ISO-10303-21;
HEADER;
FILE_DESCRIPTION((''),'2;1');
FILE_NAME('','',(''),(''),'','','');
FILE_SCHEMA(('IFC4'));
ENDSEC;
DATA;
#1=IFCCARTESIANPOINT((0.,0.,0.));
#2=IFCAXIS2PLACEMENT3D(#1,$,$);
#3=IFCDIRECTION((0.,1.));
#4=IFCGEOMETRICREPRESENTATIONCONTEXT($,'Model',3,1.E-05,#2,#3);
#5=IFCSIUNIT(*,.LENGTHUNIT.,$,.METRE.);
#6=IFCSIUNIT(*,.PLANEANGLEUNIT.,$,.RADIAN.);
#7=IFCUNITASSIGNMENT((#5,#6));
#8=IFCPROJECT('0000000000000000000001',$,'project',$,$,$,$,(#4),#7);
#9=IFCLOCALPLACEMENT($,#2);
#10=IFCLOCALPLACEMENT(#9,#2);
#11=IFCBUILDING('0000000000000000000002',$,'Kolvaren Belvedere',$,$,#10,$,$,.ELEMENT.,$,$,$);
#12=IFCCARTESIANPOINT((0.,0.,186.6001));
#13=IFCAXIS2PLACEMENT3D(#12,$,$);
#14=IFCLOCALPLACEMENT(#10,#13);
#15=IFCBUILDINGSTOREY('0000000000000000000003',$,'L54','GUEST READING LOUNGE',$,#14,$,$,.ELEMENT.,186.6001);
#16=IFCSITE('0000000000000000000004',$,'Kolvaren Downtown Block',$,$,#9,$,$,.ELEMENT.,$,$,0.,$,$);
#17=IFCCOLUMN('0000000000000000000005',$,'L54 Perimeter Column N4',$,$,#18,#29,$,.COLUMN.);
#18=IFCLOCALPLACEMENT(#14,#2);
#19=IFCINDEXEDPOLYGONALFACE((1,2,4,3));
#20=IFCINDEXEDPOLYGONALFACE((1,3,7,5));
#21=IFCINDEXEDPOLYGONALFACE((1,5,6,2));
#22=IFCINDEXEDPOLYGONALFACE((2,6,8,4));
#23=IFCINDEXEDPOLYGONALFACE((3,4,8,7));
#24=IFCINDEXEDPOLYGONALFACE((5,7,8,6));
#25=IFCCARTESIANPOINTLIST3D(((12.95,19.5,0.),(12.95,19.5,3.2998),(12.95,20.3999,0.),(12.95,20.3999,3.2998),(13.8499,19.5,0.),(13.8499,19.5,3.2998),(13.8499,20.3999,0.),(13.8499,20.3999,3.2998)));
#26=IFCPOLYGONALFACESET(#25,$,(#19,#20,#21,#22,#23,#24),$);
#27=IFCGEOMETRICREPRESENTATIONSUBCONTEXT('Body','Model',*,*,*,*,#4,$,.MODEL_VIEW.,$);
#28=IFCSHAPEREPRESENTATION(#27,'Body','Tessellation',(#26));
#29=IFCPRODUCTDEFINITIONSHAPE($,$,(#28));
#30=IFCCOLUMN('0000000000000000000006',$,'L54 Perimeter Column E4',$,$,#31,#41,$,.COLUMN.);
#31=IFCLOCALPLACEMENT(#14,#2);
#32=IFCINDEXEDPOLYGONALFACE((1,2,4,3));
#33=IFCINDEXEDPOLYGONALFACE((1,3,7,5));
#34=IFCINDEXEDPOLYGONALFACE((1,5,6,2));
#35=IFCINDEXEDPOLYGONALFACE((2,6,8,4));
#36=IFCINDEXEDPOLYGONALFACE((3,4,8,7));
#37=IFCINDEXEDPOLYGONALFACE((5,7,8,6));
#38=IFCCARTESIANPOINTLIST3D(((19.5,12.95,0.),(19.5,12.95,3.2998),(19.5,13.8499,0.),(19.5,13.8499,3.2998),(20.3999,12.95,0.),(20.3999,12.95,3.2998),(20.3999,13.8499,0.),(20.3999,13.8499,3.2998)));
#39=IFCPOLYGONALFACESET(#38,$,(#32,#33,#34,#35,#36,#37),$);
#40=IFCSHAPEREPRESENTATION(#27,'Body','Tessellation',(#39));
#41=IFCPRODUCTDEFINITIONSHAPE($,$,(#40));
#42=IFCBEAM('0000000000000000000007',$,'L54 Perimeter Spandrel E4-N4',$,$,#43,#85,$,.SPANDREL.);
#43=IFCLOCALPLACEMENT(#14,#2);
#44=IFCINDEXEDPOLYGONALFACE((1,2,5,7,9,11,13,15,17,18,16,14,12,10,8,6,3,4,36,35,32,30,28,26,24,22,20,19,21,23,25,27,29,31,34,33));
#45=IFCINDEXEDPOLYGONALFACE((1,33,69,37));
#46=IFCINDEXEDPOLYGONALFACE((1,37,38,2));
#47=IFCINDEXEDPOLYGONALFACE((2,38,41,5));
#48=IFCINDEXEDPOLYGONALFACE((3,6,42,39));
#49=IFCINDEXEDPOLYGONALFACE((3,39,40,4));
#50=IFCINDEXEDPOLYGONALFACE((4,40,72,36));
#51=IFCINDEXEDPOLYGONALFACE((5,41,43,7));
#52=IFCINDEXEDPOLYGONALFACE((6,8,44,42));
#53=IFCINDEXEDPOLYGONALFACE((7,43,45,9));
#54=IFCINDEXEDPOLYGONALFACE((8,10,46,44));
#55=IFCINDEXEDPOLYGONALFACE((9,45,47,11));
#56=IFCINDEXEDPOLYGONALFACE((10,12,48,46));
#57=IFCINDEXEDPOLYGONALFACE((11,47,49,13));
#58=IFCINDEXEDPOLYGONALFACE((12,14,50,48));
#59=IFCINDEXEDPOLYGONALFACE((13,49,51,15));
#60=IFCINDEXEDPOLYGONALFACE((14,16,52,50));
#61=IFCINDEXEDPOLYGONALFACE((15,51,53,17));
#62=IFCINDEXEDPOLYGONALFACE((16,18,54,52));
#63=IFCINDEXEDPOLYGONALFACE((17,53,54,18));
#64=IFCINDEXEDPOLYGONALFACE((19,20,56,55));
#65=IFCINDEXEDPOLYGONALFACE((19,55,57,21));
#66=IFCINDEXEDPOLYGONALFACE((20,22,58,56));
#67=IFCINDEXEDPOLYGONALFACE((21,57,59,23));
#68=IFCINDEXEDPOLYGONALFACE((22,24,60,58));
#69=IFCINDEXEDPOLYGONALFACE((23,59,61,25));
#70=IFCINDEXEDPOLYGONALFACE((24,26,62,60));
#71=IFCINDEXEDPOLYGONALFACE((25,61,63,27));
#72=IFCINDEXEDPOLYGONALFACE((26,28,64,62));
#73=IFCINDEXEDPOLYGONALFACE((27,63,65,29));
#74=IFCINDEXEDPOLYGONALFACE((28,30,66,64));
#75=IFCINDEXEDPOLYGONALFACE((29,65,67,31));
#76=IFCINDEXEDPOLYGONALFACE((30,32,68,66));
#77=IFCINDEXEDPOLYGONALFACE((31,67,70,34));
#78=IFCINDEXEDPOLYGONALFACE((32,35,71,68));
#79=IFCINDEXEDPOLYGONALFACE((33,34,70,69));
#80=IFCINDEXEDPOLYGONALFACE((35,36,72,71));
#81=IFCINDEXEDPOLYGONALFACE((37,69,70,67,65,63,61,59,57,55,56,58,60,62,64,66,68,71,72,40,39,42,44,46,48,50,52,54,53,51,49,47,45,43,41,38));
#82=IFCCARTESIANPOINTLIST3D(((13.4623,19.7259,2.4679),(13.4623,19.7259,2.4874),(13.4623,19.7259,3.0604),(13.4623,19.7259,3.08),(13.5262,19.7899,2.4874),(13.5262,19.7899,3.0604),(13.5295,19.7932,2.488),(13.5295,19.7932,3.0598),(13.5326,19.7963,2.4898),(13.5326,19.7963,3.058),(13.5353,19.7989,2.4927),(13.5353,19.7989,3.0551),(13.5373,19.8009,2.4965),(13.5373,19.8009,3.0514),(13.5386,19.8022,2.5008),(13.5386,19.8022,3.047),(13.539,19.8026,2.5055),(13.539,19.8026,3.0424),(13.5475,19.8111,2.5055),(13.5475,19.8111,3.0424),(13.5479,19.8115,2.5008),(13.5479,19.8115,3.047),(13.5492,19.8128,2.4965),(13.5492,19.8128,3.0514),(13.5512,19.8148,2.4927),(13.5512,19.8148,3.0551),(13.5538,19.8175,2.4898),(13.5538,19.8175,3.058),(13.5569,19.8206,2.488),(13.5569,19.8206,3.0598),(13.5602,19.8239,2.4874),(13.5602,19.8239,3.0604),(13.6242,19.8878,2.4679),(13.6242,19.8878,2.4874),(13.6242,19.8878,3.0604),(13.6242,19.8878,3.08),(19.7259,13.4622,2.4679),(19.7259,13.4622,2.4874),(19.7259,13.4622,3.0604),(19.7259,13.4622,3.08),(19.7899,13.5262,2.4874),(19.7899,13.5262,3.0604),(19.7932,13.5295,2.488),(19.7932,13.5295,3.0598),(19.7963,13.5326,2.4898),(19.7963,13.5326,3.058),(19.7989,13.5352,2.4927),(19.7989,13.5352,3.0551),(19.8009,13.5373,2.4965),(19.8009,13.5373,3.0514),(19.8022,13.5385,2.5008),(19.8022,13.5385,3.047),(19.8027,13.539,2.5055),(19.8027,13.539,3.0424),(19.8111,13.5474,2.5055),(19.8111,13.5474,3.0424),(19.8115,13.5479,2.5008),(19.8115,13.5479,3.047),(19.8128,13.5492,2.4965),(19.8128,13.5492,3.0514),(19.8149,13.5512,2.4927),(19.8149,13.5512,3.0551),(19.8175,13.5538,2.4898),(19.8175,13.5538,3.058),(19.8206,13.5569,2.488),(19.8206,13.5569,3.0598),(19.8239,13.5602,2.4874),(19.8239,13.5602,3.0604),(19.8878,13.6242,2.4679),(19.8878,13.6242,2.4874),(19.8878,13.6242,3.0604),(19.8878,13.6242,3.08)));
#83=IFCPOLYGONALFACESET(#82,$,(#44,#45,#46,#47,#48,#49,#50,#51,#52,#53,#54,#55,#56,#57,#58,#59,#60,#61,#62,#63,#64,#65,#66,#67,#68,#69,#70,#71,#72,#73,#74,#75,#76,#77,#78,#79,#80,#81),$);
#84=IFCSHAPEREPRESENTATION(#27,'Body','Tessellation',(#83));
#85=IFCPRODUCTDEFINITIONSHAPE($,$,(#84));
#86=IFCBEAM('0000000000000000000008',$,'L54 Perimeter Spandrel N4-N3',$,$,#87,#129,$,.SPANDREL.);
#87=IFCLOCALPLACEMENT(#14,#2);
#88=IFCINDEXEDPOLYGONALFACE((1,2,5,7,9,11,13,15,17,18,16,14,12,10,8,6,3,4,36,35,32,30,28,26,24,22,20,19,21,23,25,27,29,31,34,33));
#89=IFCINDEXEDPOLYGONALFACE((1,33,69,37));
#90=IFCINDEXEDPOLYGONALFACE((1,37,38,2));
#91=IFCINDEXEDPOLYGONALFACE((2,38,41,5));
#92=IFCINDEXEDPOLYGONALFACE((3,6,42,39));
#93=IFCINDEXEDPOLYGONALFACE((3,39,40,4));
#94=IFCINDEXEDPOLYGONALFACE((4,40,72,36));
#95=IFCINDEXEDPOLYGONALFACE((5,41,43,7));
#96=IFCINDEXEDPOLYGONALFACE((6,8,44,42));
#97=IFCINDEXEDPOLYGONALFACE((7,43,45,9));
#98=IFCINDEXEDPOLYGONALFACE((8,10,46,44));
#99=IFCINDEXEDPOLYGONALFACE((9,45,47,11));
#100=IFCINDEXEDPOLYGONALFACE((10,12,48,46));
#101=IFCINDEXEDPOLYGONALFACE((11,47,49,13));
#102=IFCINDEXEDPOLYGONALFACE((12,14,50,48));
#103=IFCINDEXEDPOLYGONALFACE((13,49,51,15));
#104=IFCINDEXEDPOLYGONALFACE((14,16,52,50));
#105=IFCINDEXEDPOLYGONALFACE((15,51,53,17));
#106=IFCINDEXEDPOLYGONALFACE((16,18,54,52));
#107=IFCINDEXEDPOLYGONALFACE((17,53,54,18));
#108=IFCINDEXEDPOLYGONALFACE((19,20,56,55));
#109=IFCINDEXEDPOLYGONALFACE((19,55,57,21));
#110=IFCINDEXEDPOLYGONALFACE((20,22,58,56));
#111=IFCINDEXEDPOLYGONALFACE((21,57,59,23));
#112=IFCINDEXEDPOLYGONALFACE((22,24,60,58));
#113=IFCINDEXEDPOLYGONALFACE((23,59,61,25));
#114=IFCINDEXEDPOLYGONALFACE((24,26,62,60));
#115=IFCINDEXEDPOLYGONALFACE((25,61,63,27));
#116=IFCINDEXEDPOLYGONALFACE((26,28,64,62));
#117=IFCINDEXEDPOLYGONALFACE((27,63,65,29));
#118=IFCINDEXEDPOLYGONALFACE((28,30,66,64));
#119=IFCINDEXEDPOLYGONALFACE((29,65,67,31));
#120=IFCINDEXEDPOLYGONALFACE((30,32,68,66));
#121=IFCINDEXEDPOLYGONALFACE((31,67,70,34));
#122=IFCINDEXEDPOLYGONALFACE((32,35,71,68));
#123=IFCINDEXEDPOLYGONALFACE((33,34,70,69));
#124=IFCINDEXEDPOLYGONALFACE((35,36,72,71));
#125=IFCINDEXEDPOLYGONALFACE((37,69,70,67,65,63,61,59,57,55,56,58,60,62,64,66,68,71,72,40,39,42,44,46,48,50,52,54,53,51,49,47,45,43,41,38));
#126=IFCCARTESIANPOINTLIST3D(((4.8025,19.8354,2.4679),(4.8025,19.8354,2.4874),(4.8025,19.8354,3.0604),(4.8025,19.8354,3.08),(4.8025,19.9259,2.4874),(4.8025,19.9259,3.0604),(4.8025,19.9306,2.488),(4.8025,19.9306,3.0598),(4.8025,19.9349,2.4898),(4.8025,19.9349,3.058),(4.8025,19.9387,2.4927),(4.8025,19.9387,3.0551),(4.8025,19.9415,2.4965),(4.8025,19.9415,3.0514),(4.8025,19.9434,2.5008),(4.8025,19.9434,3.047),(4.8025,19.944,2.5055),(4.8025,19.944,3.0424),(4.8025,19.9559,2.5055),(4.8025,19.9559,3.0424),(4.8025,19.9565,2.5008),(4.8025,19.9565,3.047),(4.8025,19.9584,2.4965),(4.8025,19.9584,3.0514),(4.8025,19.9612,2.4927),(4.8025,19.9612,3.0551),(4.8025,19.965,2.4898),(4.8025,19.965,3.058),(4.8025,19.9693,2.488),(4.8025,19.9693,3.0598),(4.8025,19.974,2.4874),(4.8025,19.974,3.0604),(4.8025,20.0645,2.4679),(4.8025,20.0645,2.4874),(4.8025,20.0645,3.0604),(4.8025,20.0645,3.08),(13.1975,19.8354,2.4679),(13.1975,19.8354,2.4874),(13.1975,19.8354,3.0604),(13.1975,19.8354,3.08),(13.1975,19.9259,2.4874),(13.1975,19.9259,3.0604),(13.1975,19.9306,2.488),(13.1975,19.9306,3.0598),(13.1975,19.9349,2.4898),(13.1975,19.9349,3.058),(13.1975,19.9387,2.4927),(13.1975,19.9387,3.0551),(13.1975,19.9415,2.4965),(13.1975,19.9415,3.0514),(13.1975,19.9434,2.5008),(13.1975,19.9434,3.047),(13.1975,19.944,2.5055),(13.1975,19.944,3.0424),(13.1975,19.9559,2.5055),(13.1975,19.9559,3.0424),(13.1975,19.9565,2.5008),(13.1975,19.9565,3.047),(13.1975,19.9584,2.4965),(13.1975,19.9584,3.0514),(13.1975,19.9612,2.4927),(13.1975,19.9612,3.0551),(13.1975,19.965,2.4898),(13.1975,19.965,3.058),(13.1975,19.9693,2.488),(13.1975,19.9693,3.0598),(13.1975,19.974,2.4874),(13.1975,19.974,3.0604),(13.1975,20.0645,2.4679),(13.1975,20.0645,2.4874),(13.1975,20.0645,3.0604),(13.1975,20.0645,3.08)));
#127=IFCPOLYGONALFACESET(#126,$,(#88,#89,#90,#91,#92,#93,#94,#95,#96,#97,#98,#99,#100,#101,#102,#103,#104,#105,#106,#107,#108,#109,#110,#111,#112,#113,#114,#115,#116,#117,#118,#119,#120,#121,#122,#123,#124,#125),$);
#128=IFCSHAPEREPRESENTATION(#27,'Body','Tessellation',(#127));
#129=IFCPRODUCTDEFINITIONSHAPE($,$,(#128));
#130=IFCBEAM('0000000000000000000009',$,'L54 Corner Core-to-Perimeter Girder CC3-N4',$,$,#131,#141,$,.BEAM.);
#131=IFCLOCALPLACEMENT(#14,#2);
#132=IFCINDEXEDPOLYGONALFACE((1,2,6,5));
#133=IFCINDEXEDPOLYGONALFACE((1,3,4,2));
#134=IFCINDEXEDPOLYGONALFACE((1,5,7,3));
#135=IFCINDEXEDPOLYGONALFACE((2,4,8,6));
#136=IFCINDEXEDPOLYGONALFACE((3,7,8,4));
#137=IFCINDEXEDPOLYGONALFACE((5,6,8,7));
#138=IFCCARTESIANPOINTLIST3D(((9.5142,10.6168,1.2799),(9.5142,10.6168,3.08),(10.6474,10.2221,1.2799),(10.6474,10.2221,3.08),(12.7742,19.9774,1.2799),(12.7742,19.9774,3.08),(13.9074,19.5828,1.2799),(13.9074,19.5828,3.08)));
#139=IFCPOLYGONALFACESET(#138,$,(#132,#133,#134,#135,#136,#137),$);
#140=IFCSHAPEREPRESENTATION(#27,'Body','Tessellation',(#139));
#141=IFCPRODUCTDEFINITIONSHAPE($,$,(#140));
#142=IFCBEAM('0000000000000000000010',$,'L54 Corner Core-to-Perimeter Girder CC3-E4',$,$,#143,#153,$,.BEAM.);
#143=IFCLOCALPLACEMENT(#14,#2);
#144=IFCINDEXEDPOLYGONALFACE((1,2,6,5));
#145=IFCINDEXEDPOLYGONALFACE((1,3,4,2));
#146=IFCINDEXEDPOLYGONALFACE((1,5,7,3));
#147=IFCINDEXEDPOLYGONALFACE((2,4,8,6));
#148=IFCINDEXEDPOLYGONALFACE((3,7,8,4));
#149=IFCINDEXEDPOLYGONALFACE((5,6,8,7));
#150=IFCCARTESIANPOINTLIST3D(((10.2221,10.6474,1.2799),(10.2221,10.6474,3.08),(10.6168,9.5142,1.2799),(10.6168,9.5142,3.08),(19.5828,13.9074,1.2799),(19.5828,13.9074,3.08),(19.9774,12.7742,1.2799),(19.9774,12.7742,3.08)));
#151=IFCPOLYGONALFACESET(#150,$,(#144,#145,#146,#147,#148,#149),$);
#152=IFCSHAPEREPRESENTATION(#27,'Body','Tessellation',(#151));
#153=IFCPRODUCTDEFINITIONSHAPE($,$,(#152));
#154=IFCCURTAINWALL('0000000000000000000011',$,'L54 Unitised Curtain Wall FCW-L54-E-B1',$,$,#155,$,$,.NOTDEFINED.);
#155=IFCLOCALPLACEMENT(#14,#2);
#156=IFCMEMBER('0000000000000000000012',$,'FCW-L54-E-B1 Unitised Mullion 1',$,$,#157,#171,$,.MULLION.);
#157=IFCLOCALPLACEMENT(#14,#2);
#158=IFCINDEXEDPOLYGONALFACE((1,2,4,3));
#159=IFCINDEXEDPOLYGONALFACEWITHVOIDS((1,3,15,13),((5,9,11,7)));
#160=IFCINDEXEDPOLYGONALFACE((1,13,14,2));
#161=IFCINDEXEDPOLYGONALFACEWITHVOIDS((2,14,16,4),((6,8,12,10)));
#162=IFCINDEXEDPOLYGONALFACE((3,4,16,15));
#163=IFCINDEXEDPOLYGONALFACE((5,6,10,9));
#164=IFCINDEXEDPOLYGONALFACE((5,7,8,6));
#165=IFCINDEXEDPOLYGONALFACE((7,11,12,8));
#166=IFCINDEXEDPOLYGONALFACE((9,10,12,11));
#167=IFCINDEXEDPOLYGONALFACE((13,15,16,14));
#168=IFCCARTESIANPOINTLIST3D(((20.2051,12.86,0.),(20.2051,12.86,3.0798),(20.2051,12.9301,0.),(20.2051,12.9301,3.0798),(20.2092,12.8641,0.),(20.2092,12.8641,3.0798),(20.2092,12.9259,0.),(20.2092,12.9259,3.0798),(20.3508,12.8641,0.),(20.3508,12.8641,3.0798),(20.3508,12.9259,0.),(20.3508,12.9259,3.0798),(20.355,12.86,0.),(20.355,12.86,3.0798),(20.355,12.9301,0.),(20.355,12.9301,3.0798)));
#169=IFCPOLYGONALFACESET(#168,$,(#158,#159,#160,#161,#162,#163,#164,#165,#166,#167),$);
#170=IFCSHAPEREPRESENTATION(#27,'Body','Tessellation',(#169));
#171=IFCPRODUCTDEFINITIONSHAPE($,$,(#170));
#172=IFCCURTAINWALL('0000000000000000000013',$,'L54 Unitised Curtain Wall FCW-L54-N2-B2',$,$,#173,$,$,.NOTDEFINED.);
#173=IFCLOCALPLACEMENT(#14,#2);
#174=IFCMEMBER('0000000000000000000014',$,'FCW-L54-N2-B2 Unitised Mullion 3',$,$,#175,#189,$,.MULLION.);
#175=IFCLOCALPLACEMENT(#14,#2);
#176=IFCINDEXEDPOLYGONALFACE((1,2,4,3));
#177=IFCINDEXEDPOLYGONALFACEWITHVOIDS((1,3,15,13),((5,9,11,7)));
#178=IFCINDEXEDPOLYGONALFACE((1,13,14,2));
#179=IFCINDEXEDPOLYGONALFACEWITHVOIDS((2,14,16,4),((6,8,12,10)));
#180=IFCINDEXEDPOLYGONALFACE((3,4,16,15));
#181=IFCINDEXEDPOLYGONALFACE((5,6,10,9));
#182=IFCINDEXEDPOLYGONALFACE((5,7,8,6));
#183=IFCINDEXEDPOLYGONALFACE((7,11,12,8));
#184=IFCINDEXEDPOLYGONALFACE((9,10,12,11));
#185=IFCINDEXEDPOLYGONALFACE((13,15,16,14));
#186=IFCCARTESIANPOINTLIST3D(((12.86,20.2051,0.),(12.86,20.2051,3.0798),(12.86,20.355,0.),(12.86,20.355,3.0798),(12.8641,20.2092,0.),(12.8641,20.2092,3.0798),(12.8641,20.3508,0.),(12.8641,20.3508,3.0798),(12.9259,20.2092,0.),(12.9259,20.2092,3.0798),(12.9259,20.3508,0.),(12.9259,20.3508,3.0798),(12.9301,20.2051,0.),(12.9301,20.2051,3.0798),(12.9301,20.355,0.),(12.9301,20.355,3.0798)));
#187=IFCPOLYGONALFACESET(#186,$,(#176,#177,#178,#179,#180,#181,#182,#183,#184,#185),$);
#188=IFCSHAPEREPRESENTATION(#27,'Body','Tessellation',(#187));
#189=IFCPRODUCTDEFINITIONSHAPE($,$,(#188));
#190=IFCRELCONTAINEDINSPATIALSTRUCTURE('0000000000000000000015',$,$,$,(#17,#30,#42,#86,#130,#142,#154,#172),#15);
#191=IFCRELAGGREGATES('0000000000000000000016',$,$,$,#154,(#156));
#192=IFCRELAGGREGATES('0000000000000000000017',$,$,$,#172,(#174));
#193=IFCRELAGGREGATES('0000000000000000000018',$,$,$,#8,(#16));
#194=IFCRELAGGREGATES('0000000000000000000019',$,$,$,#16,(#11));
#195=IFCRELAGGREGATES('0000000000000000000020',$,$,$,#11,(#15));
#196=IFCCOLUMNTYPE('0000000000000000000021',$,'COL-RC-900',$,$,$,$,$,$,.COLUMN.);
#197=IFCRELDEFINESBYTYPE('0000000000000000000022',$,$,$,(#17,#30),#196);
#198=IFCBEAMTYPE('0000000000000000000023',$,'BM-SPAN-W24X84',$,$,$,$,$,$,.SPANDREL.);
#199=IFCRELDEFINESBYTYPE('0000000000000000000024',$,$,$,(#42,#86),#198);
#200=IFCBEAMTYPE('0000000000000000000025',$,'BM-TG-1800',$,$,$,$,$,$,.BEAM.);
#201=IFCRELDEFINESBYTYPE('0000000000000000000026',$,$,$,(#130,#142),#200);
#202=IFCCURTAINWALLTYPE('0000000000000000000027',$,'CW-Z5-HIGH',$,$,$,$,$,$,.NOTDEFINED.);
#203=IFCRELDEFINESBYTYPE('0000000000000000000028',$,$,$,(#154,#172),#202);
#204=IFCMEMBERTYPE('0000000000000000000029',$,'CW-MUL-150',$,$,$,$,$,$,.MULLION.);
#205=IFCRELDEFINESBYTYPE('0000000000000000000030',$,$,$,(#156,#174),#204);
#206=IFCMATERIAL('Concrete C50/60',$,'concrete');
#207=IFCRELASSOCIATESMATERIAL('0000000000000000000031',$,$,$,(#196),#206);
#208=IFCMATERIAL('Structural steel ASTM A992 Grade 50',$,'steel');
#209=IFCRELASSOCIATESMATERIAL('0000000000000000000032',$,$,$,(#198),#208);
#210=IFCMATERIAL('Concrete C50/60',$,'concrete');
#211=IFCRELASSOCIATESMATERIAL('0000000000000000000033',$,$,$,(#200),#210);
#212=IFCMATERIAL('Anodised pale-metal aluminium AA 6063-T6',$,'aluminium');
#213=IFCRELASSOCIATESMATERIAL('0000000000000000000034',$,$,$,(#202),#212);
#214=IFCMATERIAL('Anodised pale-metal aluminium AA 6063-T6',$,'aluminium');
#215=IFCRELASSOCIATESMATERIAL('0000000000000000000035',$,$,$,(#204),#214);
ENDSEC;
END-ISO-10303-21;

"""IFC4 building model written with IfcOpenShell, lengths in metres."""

from ifc_helpers import new_model, si_unit, direction, frame, origin, origin_2d, place, context, subcontext, project, spatial, rectangle, hollow_rectangle, i_section, extrude, material, material_profile, profile_set, type_object, element, aggregate, save


model = new_model("IFC4")

# Units and contexts
model_context = context("Model", 3, precision=1e-05, world=origin(), true_north=direction((0.0, 1.0)))
body_context = subcontext(model_context, "Body", "Model", "MODEL_VIEW")
ifc_project = project(units=[si_unit("LENGTHUNIT", "METRE"), si_unit("PLANEANGLEUNIT", "RADIAN")], contexts=[model_context])

# Site, building, storey
site_placement = place(None, origin())
site = spatial("IfcSite", under=ifc_project, at=site_placement, Name="Kolvaren Downtown Block", CompositionType="ELEMENT", RefElevation=0.0)
building_placement = place(site_placement, origin())
building = spatial("IfcBuilding", under=site, at=building_placement, Name="Kolvaren Belvedere", CompositionType="ELEMENT")
storey_placement = place(building_placement, frame((0.0, 0.0, 186.6001)))
storey = spatial("IfcBuildingStorey", under=building, at=storey_placement, Name="L54", Description="GUEST READING LOUNGE", CompositionType="ELEMENT", Elevation=186.6001)

# Columns
ifc_material_1 = material(Name="Concrete C50/60", Category="concrete")
ifc_material_profile_1 = material_profile(ifc_material_1, rectangle(XDim=0.8999, YDim=0.8999, at=origin_2d()), Name="RC 900X900")
ifc_profile_set_1 = profile_set([ifc_material_profile_1], Name="Concrete C50/60")
column_type = type_object("IfcColumnType", Name="COL-RC-900", PredefinedType="COLUMN", material=ifc_profile_set_1)
for number, where, z_axis, x_axis, name in (
    (1, (13.3999, 19.95, 0.0), (0.0, 0.0, 1.0), (1.0, 0.0, 0.0), "L54 Perimeter Column N4"),
    (2, (19.95, 13.3999, 0.0), (0.0, 0.0, 1.0), (1.0, 0.0, 0.0), "L54 Perimeter Column E4"),
):
    element("IfcColumn", number, at=place(storey_placement, frame(where, z_axis=z_axis, x_axis=x_axis)), inside=storey, type_object=column_type, Name=name, PredefinedType="COLUMN", context=body_context, shape_type="SweptSolid", body=[
        extrude(rectangle(XDim=0.8999, YDim=0.8999, at=origin_2d()), origin(), (0.0, 0.0, 1.0), 3.2998),
    ])

# Beams
ifc_material_2 = material(Name="Structural steel ASTM A992 Grade 50", Category="steel")
ifc_material_profile_2 = material_profile(ifc_material_2, i_section(OverallWidth=0.229, OverallDepth=0.6121, WebThickness=0.012, FlangeThickness=0.0195, FilletRadius=0.0181, at=origin_2d()), Name="W24X84")
ifc_profile_set_2 = profile_set([ifc_material_profile_2], Name="Structural steel ASTM A992 Grade 50")
beam_type_1 = type_object("IfcBeamType", Name="BM-SPAN-W24X84", PredefinedType="SPANDREL", material=ifc_profile_set_2)
beam_1_placement = place(storey_placement, frame((19.8069, 13.5432, 2.7739), z_axis=(-0.707107, 0.707107, 0.0), x_axis=(-0.707107, -0.707107, 0.0)))
element("IfcBeam", 3, at=beam_1_placement, inside=storey, type_object=beam_type_1, Name="L54 Perimeter Spandrel E4-N4", PredefinedType="SPANDREL", context=body_context, shape_type="SweptSolid", body=[
    extrude(i_section(OverallWidth=0.229, OverallDepth=0.6121, WebThickness=0.012, FlangeThickness=0.0195, FilletRadius=0.0181, at=origin_2d()), origin(), (0.0, 0.0, 1.0), 8.8582),
])
beam_2_placement = place(storey_placement, frame((13.1975, 19.95, 2.7739), z_axis=(-1.0, 0.0, 0.0), x_axis=(0.0, -1.0, 0.0)))
element("IfcBeam", 4, at=beam_2_placement, inside=storey, type_object=beam_type_1, Name="L54 Perimeter Spandrel N4-N3", PredefinedType="SPANDREL", context=body_context, shape_type="SweptSolid", body=[
    extrude(i_section(OverallWidth=0.229, OverallDepth=0.6121, WebThickness=0.012, FlangeThickness=0.0195, FilletRadius=0.0181, at=origin_2d()), origin(), (0.0, 0.0, 1.0), 8.395),
])
ifc_material_3 = material(Name="Concrete C50/60", Category="concrete")
ifc_material_profile_3 = material_profile(ifc_material_3, rectangle(XDim=1.2, YDim=1.8, at=origin_2d()), Name="RC 1200X1800")
ifc_profile_set_3 = profile_set([ifc_material_profile_3], Name="Concrete C50/60")
beam_type_2 = type_object("IfcBeamType", Name="BM-TG-1800", PredefinedType="BEAM", material=ifc_profile_set_3)
for number, where, z_axis, x_axis, name in (
    (5, (10.0808, 10.4194, 2.1799), (0.328894, 0.944367, 0.0), (-0.944367, 0.328894, 0.0), "L54 Corner Core-to-Perimeter Girder CC3-N4"),
    (6, (10.4194, 10.0808, 2.1799), (0.944367, 0.328894, 0.0), (-0.328894, 0.944367, 0.0), "L54 Corner Core-to-Perimeter Girder CC3-E4"),
):
    element("IfcBeam", number, at=place(storey_placement, frame(where, z_axis=z_axis, x_axis=x_axis)), inside=storey, type_object=beam_type_2, Name=name, PredefinedType="BEAM", context=body_context, shape_type="SweptSolid", body=[
        extrude(rectangle(XDim=1.2, YDim=1.8, at=origin_2d()), origin(), (0.0, 0.0, 1.0), 9.9121),
    ])

# Curtain walls, members
ifc_material_4 = material(Name="Anodised pale-metal aluminium AA 6063-T6", Category="aluminium")
curtain_wall_type = type_object("IfcCurtainWallType", Name="CW-Z5-HIGH", PredefinedType="NOTDEFINED", material=ifc_material_4)
curtain_wall_1_placement = place(storey_placement, origin())
curtain_wall_1 = element("IfcCurtainWall", 7, at=curtain_wall_1_placement, inside=storey, type_object=curtain_wall_type, Name="L54 Unitised Curtain Wall FCW-L54-E-B1", PredefinedType="NOTDEFINED")
ifc_material_5 = material(Name="Anodised pale-metal aluminium AA 6063-T6", Category="aluminium")
ifc_material_profile_4 = material_profile(ifc_material_5, hollow_rectangle(XDim=0.0701, YDim=0.1499, WallThickness=0.0042, at=origin_2d()), Name="ALU-MUL-150X70")
ifc_profile_set_4 = profile_set([ifc_material_profile_4], Name="Anodised pale-metal aluminium AA 6063-T6")
member_type_1 = type_object("IfcMemberType", Name="CW-MUL-150", PredefinedType="MULLION", material=ifc_profile_set_4)
member_1_placement = place(storey_placement, frame((20.28, 12.895, 0.0), z_axis=(0.0, 0.0, 1.0), x_axis=(0.0, 1.0, 0.0)))
member_1 = element("IfcMember", 8, at=member_1_placement, type_object=member_type_1, Name="FCW-L54-E-B1 Unitised Mullion 1", PredefinedType="MULLION", context=body_context, shape_type="SweptSolid", body=[
    extrude(hollow_rectangle(XDim=0.0701, YDim=0.1499, WallThickness=0.0042, at=origin_2d()), origin(), (0.0, 0.0, 1.0), 3.0798),
])
curtain_wall_2_placement = place(storey_placement, origin())
curtain_wall_2 = element("IfcCurtainWall", 9, at=curtain_wall_2_placement, inside=storey, type_object=curtain_wall_type, Name="L54 Unitised Curtain Wall FCW-L54-N2-B2", PredefinedType="NOTDEFINED")
member_2_placement = place(storey_placement, frame((12.895, 20.28, 0.0), z_axis=(0.0, 0.0, 1.0), x_axis=(1.0, 0.0, 0.0)))
member_2 = element("IfcMember", 10, at=member_2_placement, type_object=member_type_1, Name="FCW-L54-N2-B2 Unitised Mullion 3", PredefinedType="MULLION", context=body_context, shape_type="SweptSolid", body=[
    extrude(hollow_rectangle(XDim=0.0701, YDim=0.1499, WallThickness=0.0042, at=origin_2d()), origin(), (0.0, 0.0, 1.0), 3.0798),
])

aggregate(curtain_wall_1, [member_1])
aggregate(curtain_wall_2, [member_2])

save(model, "model.ifc")
